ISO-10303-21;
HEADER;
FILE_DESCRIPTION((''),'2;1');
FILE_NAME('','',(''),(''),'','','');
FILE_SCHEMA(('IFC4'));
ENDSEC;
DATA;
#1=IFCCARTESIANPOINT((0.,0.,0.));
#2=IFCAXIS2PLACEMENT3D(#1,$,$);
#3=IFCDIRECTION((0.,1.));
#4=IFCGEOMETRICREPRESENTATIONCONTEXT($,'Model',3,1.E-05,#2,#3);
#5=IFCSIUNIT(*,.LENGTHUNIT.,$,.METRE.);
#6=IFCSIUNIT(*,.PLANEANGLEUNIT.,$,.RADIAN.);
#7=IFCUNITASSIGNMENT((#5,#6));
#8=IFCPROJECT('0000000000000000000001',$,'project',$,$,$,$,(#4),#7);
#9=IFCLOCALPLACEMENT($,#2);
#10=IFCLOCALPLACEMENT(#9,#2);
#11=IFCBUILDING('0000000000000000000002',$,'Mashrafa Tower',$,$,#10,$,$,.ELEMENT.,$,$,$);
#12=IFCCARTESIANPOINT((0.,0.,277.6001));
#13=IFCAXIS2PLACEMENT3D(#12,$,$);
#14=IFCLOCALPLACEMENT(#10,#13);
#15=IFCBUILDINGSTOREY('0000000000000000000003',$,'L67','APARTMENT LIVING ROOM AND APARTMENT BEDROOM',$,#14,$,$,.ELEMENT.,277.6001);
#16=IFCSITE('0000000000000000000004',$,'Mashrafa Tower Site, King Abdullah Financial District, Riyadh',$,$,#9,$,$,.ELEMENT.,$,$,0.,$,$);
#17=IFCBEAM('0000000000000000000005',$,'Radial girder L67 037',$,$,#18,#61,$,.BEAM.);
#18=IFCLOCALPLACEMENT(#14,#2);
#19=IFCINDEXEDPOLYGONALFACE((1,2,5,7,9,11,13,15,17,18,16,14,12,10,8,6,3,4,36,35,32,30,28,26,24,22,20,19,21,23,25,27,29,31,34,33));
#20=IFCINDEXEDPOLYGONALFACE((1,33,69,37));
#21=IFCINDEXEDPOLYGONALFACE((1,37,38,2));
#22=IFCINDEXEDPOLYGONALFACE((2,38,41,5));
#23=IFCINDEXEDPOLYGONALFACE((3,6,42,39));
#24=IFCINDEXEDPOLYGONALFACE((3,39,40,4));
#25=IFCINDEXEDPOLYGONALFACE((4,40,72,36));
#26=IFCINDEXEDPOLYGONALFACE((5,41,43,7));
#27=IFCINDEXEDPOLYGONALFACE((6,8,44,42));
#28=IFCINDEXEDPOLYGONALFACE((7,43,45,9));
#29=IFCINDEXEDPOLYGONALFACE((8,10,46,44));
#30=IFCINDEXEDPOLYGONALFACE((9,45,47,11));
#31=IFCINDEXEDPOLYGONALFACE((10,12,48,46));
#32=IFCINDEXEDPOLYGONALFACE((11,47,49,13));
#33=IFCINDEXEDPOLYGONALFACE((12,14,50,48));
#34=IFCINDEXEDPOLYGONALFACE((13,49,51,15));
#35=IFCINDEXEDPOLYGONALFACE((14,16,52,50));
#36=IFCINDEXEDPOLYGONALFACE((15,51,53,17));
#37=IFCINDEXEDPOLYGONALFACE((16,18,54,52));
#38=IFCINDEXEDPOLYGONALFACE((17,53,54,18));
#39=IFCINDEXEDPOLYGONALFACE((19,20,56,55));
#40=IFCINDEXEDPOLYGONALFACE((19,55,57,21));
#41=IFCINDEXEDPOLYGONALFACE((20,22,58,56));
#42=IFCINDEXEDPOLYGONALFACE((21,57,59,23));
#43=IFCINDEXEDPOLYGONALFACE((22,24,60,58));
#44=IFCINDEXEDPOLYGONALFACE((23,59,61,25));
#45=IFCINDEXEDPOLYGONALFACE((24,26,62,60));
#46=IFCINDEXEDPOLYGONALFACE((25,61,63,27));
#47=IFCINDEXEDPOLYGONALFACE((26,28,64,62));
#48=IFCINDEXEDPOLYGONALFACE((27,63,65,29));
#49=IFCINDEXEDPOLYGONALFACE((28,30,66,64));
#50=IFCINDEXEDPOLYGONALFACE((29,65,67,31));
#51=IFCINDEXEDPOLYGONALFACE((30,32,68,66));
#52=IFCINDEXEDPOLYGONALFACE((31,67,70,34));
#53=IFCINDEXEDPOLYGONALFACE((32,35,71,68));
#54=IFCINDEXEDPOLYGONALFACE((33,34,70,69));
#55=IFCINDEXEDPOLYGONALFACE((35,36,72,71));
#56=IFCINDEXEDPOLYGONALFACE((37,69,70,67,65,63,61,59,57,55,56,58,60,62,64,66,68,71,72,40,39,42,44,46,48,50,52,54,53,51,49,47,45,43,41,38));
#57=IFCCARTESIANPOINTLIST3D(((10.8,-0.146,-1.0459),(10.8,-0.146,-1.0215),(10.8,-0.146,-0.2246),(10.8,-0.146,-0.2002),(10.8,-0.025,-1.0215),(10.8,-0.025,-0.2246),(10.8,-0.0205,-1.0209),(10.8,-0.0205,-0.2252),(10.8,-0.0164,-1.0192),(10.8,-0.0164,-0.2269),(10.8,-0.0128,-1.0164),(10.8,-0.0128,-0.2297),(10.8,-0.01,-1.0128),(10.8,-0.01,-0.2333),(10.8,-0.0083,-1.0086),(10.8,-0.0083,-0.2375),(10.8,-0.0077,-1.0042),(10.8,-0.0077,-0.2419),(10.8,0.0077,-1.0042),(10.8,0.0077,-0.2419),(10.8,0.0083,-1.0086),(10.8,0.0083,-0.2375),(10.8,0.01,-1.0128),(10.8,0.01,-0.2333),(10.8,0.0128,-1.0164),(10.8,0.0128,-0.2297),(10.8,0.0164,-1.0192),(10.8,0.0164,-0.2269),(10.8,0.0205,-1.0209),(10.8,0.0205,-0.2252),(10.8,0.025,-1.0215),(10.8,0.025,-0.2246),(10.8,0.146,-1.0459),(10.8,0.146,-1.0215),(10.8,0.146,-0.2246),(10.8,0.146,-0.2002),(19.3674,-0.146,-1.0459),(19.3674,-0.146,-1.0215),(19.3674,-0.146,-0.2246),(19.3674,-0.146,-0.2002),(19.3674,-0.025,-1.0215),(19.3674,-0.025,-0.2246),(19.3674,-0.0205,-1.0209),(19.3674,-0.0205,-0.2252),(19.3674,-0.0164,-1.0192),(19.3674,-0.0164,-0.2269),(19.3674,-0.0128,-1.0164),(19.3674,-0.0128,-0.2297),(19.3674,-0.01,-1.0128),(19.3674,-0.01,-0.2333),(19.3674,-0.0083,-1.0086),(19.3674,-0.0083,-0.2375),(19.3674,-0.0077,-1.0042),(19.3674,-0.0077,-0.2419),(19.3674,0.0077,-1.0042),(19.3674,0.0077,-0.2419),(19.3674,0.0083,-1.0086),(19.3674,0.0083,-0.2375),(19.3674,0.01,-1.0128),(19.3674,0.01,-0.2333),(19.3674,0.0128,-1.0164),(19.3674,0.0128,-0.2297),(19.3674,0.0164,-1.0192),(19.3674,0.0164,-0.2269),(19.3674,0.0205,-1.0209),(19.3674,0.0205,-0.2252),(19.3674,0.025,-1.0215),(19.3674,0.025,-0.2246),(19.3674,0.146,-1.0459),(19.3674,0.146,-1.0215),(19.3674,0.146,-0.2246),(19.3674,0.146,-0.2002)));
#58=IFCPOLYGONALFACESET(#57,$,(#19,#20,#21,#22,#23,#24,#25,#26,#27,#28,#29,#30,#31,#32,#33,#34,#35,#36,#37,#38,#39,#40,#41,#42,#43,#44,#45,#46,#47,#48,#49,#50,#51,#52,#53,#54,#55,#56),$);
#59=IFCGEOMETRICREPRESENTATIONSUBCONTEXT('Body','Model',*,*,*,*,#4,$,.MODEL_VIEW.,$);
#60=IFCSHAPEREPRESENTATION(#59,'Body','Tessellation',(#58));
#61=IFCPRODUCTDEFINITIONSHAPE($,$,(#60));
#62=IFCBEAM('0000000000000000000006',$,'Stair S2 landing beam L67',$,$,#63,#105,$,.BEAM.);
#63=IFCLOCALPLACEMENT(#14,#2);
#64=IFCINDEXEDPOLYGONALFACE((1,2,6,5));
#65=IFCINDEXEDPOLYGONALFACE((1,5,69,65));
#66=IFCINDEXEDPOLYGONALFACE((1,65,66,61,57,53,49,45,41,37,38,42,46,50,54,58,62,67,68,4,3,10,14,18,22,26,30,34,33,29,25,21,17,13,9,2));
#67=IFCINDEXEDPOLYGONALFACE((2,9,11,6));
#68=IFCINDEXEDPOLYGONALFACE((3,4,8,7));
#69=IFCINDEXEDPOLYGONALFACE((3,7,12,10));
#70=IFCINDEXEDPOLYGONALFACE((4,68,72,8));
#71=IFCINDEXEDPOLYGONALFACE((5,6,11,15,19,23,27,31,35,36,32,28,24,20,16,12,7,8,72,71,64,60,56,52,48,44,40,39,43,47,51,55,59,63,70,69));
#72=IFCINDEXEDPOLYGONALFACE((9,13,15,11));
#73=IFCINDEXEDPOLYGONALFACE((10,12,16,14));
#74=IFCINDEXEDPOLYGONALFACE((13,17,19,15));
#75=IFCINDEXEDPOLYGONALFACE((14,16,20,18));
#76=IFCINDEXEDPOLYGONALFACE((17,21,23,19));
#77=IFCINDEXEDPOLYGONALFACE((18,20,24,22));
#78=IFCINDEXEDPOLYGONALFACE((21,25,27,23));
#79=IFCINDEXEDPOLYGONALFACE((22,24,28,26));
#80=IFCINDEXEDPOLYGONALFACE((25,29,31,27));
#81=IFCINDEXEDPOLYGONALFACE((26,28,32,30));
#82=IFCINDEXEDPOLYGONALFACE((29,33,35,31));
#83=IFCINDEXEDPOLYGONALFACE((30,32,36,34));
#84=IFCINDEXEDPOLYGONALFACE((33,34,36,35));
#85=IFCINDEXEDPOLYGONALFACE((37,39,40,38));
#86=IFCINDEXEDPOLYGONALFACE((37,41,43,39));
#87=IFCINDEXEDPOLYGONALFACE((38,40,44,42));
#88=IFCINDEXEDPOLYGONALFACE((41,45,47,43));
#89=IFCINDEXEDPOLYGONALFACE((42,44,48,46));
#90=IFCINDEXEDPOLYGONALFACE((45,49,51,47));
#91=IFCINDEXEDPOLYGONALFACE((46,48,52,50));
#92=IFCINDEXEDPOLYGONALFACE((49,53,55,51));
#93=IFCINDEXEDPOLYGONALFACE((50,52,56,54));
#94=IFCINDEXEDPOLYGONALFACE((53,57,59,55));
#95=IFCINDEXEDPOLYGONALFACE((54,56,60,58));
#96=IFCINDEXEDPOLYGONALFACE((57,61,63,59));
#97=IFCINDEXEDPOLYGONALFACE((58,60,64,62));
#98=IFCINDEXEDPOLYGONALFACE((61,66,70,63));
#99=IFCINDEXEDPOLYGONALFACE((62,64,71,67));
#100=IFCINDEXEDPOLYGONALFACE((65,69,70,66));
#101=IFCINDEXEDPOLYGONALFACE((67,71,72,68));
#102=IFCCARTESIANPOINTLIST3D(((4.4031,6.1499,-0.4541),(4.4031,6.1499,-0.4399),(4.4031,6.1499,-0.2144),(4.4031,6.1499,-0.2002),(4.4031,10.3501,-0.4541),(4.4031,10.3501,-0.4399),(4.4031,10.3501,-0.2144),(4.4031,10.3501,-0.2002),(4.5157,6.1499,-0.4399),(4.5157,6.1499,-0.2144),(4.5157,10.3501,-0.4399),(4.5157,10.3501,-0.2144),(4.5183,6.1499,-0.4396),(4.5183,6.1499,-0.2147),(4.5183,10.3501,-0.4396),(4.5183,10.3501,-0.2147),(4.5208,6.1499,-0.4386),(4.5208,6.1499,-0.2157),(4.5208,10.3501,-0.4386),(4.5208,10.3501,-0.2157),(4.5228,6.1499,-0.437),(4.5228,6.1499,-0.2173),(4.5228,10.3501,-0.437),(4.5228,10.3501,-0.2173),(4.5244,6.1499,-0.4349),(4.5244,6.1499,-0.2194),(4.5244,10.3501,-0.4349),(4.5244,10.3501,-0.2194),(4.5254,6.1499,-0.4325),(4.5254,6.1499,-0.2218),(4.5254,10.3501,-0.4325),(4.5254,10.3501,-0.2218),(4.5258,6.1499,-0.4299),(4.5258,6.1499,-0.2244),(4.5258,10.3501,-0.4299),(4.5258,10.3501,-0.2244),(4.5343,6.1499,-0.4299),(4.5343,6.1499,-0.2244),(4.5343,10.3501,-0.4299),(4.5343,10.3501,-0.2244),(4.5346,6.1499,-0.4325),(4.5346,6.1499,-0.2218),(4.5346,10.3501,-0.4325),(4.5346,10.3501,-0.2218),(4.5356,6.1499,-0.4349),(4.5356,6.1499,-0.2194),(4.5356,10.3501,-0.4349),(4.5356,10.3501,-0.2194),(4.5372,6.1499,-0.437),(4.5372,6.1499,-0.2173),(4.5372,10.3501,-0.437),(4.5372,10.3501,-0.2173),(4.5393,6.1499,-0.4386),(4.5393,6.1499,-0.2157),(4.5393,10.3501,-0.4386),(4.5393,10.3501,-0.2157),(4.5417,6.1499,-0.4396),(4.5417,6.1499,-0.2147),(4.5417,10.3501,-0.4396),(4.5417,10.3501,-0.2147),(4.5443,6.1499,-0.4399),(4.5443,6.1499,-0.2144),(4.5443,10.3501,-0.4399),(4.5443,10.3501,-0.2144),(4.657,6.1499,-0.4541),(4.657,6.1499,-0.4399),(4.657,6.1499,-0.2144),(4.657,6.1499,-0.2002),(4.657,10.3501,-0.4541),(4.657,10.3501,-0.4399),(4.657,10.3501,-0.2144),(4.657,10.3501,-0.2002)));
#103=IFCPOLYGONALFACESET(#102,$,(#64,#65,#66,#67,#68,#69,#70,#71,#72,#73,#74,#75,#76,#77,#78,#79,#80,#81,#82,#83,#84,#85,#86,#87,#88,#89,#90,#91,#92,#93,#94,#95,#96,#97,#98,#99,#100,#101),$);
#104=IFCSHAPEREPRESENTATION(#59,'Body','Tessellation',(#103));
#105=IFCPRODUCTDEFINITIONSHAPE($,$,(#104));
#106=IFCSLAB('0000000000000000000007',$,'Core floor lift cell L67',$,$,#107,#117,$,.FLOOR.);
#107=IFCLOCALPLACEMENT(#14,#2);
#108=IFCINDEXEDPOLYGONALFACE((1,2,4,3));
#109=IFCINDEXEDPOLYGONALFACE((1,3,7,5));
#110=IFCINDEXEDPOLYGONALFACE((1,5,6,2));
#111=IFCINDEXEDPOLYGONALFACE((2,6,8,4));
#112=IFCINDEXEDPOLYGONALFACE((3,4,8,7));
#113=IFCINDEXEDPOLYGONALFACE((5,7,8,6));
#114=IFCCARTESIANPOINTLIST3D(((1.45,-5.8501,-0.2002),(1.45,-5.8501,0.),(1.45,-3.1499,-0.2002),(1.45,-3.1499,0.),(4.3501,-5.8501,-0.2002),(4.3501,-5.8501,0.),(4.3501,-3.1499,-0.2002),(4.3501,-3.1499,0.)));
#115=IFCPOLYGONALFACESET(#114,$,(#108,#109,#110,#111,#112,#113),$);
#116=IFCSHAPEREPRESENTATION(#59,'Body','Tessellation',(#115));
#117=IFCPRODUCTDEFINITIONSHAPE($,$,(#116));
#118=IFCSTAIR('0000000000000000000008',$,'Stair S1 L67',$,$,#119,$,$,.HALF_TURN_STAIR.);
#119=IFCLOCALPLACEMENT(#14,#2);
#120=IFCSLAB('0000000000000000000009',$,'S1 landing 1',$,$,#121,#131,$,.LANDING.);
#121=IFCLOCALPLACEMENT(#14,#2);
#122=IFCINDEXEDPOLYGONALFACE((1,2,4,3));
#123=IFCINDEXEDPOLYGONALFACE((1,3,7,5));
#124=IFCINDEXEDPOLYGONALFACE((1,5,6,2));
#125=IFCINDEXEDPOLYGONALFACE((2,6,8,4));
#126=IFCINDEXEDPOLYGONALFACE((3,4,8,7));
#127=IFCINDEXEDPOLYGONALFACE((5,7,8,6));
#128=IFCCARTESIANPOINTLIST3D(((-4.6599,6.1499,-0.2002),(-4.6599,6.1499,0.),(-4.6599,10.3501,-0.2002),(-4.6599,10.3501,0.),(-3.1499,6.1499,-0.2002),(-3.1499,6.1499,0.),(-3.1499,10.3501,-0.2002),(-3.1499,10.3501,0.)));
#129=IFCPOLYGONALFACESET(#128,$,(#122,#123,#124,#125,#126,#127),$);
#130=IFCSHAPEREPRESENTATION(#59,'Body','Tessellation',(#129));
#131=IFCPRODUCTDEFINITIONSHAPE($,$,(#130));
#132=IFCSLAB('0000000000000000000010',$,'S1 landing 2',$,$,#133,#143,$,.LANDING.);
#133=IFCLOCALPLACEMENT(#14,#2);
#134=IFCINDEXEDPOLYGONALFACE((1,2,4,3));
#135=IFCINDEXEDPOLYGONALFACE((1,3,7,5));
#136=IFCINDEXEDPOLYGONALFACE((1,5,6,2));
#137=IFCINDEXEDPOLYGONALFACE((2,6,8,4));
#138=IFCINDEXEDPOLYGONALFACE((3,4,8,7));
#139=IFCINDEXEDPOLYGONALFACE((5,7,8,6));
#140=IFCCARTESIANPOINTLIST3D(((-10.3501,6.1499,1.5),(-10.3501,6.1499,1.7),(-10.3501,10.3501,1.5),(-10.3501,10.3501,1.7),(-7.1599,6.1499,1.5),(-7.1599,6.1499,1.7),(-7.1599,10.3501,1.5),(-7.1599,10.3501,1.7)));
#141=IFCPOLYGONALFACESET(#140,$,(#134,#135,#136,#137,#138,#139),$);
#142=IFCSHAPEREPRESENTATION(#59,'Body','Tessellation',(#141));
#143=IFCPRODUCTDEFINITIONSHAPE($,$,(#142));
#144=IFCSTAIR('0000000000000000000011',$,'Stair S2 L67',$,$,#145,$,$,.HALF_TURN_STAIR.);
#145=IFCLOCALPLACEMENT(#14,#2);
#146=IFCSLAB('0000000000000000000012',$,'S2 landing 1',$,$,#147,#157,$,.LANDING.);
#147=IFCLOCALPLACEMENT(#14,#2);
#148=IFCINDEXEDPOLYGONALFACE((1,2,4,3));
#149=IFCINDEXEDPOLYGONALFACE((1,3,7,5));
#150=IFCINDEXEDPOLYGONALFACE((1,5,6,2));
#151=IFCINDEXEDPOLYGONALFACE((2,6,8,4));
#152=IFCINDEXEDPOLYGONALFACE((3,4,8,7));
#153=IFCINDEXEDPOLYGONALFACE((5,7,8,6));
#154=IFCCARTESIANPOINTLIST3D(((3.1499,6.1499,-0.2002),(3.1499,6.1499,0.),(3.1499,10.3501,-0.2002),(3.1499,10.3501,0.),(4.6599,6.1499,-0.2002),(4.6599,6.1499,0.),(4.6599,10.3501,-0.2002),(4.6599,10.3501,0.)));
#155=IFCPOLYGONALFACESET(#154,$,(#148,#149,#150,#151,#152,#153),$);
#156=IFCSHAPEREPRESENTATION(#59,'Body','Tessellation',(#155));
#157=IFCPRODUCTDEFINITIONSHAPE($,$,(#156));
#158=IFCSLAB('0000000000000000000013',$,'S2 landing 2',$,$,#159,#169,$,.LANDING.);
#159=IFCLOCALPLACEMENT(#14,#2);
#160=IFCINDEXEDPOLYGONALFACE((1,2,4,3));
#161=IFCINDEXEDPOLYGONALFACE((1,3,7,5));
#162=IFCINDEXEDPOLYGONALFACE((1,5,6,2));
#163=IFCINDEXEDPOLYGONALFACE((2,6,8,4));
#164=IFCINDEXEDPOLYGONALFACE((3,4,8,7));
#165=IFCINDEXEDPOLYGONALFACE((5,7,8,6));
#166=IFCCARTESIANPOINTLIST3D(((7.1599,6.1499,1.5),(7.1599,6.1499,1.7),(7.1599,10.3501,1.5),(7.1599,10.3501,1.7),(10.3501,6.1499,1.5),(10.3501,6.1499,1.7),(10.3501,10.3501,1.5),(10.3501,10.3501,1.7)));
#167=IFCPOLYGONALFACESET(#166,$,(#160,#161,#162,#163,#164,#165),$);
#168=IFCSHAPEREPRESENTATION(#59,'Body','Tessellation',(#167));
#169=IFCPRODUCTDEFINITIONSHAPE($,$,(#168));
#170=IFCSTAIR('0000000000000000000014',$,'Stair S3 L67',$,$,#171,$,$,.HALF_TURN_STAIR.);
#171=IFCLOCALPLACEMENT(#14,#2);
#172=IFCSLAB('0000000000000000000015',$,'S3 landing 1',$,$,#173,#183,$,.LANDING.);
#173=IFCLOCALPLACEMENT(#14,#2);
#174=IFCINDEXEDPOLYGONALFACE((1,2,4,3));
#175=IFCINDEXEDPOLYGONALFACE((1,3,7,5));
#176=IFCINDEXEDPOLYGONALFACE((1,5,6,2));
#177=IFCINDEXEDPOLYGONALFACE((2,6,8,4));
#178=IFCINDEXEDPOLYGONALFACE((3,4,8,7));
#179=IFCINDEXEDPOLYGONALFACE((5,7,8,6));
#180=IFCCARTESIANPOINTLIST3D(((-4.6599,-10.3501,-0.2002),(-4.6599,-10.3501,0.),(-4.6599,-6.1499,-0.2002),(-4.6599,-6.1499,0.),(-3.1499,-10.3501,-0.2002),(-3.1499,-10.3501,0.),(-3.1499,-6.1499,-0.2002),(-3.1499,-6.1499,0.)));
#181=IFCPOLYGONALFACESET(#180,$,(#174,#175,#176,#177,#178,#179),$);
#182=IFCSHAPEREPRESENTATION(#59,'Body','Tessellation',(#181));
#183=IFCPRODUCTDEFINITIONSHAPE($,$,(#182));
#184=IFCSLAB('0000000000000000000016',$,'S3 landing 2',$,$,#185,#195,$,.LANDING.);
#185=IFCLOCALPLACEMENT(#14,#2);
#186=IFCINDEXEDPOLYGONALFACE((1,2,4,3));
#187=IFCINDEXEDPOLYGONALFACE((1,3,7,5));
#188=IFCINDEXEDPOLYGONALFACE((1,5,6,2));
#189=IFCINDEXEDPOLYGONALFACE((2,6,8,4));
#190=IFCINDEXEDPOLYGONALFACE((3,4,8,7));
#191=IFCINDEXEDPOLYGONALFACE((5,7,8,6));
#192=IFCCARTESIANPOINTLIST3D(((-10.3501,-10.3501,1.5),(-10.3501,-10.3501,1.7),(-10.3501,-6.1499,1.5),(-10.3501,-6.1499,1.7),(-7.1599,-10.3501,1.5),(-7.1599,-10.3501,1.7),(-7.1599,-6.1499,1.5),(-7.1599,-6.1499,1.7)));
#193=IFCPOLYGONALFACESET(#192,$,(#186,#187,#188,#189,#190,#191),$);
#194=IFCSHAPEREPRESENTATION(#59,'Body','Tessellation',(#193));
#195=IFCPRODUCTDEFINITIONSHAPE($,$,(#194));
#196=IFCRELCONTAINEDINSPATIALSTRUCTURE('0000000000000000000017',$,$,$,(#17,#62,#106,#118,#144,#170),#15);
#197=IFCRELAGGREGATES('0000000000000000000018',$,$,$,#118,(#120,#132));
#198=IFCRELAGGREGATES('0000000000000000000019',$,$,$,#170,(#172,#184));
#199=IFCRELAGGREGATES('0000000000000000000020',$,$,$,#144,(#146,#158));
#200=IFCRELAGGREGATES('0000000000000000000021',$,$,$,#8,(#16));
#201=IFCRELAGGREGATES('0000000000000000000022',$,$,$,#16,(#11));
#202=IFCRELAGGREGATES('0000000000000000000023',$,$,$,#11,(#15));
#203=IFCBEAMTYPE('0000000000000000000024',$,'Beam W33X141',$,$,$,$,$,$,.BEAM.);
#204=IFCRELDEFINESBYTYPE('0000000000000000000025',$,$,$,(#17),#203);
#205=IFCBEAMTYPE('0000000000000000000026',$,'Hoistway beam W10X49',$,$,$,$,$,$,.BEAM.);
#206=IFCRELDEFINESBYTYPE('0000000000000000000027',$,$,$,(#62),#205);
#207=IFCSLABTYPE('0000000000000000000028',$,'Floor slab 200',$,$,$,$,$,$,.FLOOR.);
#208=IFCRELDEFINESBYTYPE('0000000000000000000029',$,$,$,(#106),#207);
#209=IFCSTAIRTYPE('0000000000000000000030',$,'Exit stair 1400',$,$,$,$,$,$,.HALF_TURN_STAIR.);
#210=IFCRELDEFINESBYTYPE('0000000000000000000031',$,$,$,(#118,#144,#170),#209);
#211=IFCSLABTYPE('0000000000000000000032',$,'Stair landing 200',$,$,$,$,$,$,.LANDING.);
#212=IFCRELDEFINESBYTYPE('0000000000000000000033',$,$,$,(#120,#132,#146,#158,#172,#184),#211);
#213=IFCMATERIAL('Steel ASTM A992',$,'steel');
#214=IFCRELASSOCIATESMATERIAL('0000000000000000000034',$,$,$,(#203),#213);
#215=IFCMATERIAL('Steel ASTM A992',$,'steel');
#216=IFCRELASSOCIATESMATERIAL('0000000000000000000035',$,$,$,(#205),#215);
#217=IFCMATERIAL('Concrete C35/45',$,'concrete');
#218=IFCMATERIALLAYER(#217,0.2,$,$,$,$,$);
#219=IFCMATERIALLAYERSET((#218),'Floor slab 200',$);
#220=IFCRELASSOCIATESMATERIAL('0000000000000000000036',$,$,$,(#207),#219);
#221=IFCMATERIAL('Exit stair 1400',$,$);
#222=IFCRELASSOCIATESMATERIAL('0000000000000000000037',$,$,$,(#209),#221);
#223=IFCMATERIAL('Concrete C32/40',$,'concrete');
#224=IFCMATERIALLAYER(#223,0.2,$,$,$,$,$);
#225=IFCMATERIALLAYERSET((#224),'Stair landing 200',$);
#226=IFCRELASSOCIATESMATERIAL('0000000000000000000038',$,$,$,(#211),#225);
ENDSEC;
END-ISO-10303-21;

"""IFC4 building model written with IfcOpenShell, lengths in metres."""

from ifc_helpers import new_model, si_unit, direction, frame, origin, origin_2d, place, context, subcontext, project, spatial, polyline, i_section, outline, extrude, material, layer, layer_set, material_profile, profile_set, type_object, element, aggregate, save


model = new_model("IFC4")

# Units and contexts
model_context = context("Model", 3, precision=1e-05, world=origin(), true_north=direction((0.0, 1.0)))
body_context = subcontext(model_context, "Body", "Model", "MODEL_VIEW")
ifc_project = project(units=[si_unit("LENGTHUNIT", "METRE"), si_unit("PLANEANGLEUNIT", "RADIAN")], contexts=[model_context])

# Site, building, storey
site_placement = place(None, origin())
site = spatial("IfcSite", under=ifc_project, at=site_placement, Name="Mashrafa Tower Site, King Abdullah Financial District, Riyadh", CompositionType="ELEMENT", RefElevation=0.0)
building_placement = place(site_placement, origin())
building = spatial("IfcBuilding", under=site, at=building_placement, Name="Mashrafa Tower", CompositionType="ELEMENT")
storey_placement = place(building_placement, frame((0.0, 0.0, 277.6001)))
storey = spatial("IfcBuildingStorey", under=building, at=storey_placement, Name="L67", Description="APARTMENT LIVING ROOM AND APARTMENT BEDROOM", CompositionType="ELEMENT", Elevation=277.6001)

# Beams
ifc_material_1 = material(Name="Steel ASTM A992", Category="steel")
ifc_material_profile_1 = material_profile(ifc_material_1, i_section(OverallWidth=0.292, OverallDepth=0.8457, WebThickness=0.0154, FlangeThickness=0.0244, FilletRadius=0.0173, at=origin_2d()), Name="W33X141")
ifc_profile_set_1 = profile_set([ifc_material_profile_1], Name="Steel ASTM A992")
beam_type_1 = type_object("IfcBeamType", Name="Beam W33X141", PredefinedType="BEAM", material=ifc_profile_set_1)
for number, where, z_axis, x_axis, name in (
    (1, (10.8, 0.0, -0.623), (1.0, 0.0, 0.0), (0.0, 1.0, 0.0), "Radial girder L67 037"),
):
    element("IfcBeam", number, at=place(storey_placement, frame(where, z_axis=z_axis, x_axis=x_axis)), inside=storey, type_object=beam_type_1, Name=name, PredefinedType="BEAM", context=body_context, shape_type="SweptSolid", body=[
        extrude(i_section(OverallWidth=0.292, OverallDepth=0.8457, WebThickness=0.0154, FlangeThickness=0.0244, FilletRadius=0.0173, at=origin_2d()), origin(), (0.0, 0.0, 1.0), 8.5674),
    ])
ifc_material_2 = material(Name="Steel ASTM A992", Category="steel")
ifc_material_profile_2 = material_profile(ifc_material_2, i_section(OverallWidth=0.2539, OverallDepth=0.2539, WebThickness=0.0085, FlangeThickness=0.0142, FilletRadius=0.01, at=origin_2d()), Name="W10X49")
ifc_profile_set_2 = profile_set([ifc_material_profile_2], Name="Steel ASTM A992")
beam_type_2 = type_object("IfcBeamType", Name="Hoistway beam W10X49", PredefinedType="BEAM", material=ifc_profile_set_2)
beam_1_placement = place(storey_placement, frame((4.53, 6.1499, -0.3271), z_axis=(0.0, 1.0, 0.0), x_axis=(-1.0, 0.0, 0.0)))
element("IfcBeam", 2, at=beam_1_placement, inside=storey, type_object=beam_type_2, Name="Stair S2 landing beam L67", PredefinedType="BEAM", context=body_context, shape_type="SweptSolid", body=[
    extrude(i_section(OverallWidth=0.2539, OverallDepth=0.2539, WebThickness=0.0085, FlangeThickness=0.0142, FilletRadius=0.01, at=origin_2d()), origin(), (0.0, 0.0, 1.0), 4.2002),
])

# Slab
ifc_material_3 = material(Name="Concrete C35/45", Category="concrete")
ifc_layer_1 = layer(ifc_material_3, 0.2)
ifc_layer_set_1 = layer_set([ifc_layer_1], Name="Floor slab 200")
slab_type_1 = type_object("IfcSlabType", Name="Floor slab 200", PredefinedType="FLOOR", material=ifc_layer_set_1)
slab_1_placement = place(storey_placement, frame((0.0, 0.0, -0.2002)))
element("IfcSlab", 3, at=slab_1_placement, inside=storey, type_object=slab_type_1, Name="Core floor lift cell L67", PredefinedType="FLOOR", context=body_context, shape_type="SweptSolid", body=[
    extrude(outline(polyline([(4.3501, -3.1499), (4.3501, -5.8501), (1.45, -5.8501), (1.45, -3.1499), (4.3501, -3.1499)])), origin(), (0.0, 0.0, 1.0), 0.2002),
])

# Stairs, slabs
ifc_material_4 = material(Name="Exit stair 1400")
stair_type = type_object("IfcStairType", Name="Exit stair 1400", PredefinedType="HALF_TURN_STAIR", material=ifc_material_4)
stair_1_placement = place(storey_placement, origin())
stair_1 = element("IfcStair", 4, at=stair_1_placement, inside=storey, type_object=stair_type, Name="Stair S1 L67", PredefinedType="HALF_TURN_STAIR")
ifc_material_5 = material(Name="Concrete C32/40", Category="concrete")
ifc_layer_2 = layer(ifc_material_5, 0.2)
ifc_layer_set_2 = layer_set([ifc_layer_2], Name="Stair landing 200")
slab_type_2 = type_object("IfcSlabType", Name="Stair landing 200", PredefinedType="LANDING", material=ifc_layer_set_2)
slab_2_placement = place(storey_placement, frame((0.0, 0.0, -0.2002)))
slab_2 = element("IfcSlab", 5, at=slab_2_placement, type_object=slab_type_2, Name="S1 landing 1", PredefinedType="LANDING", context=body_context, shape_type="SweptSolid", body=[
    extrude(outline(polyline([(-4.6599, 6.1499), (-3.1499, 6.1499), (-3.1499, 10.3501), (-4.6599, 10.3501), (-4.6599, 6.1499)])), origin(), (0.0, 0.0, 1.0), 0.2002),
])
slab_3_placement = place(storey_placement, frame((0.0, 0.0, 1.5)))
slab_3 = element("IfcSlab", 6, at=slab_3_placement, type_object=slab_type_2, Name="S1 landing 2", PredefinedType="LANDING", context=body_context, shape_type="SweptSolid", body=[
    extrude(outline(polyline([(-10.3501, 6.1499), (-7.1599, 6.1499), (-7.1599, 10.3501), (-10.3501, 10.3501), (-10.3501, 6.1499)])), origin(), (0.0, 0.0, 1.0), 0.2),
])
aggregate(stair_1, [slab_2, slab_3])
stair_2_placement = place(storey_placement, origin())
stair_2 = element("IfcStair", 7, at=stair_2_placement, inside=storey, type_object=stair_type, Name="Stair S2 L67", PredefinedType="HALF_TURN_STAIR")
slab_4_placement = place(storey_placement, frame((0.0, 0.0, -0.2002)))
slab_4 = element("IfcSlab", 8, at=slab_4_placement, type_object=slab_type_2, Name="S2 landing 1", PredefinedType="LANDING", context=body_context, shape_type="SweptSolid", body=[
    extrude(outline(polyline([(3.1499, 6.1499), (4.6599, 6.1499), (4.6599, 10.3501), (3.1499, 10.3501), (3.1499, 6.1499)])), origin(), (0.0, 0.0, 1.0), 0.2002),
])
slab_5_placement = place(storey_placement, frame((0.0, 0.0, 1.5)))
slab_5 = element("IfcSlab", 9, at=slab_5_placement, type_object=slab_type_2, Name="S2 landing 2", PredefinedType="LANDING", context=body_context, shape_type="SweptSolid", body=[
    extrude(outline(polyline([(7.1599, 6.1499), (10.3501, 6.1499), (10.3501, 10.3501), (7.1599, 10.3501), (7.1599, 6.1499)])), origin(), (0.0, 0.0, 1.0), 0.2),
])
stair_3_placement = place(storey_placement, origin())
stair_3 = element("IfcStair", 10, at=stair_3_placement, inside=storey, type_object=stair_type, Name="Stair S3 L67", PredefinedType="HALF_TURN_STAIR")
slab_6_placement = place(storey_placement, frame((0.0, 0.0, -0.2002)))
slab_6 = element("IfcSlab", 11, at=slab_6_placement, type_object=slab_type_2, Name="S3 landing 1", PredefinedType="LANDING", context=body_context, shape_type="SweptSolid", body=[
    extrude(outline(polyline([(-4.6599, -10.3501), (-3.1499, -10.3501), (-3.1499, -6.1499), (-4.6599, -6.1499), (-4.6599, -10.3501)])), origin(), (0.0, 0.0, 1.0), 0.2002),
])
slab_7_placement = place(storey_placement, frame((0.0, 0.0, 1.5)))
slab_7 = element("IfcSlab", 12, at=slab_7_placement, type_object=slab_type_2, Name="S3 landing 2", PredefinedType="LANDING", context=body_context, shape_type="SweptSolid", body=[
    extrude(outline(polyline([(-10.3501, -10.3501), (-7.1599, -10.3501), (-7.1599, -6.1499), (-10.3501, -6.1499), (-10.3501, -10.3501)])), origin(), (0.0, 0.0, 1.0), 0.2),
])
aggregate(stair_3, [slab_6, slab_7])

aggregate(stair_2, [slab_4, slab_5])

save(model, "model.ifc")
